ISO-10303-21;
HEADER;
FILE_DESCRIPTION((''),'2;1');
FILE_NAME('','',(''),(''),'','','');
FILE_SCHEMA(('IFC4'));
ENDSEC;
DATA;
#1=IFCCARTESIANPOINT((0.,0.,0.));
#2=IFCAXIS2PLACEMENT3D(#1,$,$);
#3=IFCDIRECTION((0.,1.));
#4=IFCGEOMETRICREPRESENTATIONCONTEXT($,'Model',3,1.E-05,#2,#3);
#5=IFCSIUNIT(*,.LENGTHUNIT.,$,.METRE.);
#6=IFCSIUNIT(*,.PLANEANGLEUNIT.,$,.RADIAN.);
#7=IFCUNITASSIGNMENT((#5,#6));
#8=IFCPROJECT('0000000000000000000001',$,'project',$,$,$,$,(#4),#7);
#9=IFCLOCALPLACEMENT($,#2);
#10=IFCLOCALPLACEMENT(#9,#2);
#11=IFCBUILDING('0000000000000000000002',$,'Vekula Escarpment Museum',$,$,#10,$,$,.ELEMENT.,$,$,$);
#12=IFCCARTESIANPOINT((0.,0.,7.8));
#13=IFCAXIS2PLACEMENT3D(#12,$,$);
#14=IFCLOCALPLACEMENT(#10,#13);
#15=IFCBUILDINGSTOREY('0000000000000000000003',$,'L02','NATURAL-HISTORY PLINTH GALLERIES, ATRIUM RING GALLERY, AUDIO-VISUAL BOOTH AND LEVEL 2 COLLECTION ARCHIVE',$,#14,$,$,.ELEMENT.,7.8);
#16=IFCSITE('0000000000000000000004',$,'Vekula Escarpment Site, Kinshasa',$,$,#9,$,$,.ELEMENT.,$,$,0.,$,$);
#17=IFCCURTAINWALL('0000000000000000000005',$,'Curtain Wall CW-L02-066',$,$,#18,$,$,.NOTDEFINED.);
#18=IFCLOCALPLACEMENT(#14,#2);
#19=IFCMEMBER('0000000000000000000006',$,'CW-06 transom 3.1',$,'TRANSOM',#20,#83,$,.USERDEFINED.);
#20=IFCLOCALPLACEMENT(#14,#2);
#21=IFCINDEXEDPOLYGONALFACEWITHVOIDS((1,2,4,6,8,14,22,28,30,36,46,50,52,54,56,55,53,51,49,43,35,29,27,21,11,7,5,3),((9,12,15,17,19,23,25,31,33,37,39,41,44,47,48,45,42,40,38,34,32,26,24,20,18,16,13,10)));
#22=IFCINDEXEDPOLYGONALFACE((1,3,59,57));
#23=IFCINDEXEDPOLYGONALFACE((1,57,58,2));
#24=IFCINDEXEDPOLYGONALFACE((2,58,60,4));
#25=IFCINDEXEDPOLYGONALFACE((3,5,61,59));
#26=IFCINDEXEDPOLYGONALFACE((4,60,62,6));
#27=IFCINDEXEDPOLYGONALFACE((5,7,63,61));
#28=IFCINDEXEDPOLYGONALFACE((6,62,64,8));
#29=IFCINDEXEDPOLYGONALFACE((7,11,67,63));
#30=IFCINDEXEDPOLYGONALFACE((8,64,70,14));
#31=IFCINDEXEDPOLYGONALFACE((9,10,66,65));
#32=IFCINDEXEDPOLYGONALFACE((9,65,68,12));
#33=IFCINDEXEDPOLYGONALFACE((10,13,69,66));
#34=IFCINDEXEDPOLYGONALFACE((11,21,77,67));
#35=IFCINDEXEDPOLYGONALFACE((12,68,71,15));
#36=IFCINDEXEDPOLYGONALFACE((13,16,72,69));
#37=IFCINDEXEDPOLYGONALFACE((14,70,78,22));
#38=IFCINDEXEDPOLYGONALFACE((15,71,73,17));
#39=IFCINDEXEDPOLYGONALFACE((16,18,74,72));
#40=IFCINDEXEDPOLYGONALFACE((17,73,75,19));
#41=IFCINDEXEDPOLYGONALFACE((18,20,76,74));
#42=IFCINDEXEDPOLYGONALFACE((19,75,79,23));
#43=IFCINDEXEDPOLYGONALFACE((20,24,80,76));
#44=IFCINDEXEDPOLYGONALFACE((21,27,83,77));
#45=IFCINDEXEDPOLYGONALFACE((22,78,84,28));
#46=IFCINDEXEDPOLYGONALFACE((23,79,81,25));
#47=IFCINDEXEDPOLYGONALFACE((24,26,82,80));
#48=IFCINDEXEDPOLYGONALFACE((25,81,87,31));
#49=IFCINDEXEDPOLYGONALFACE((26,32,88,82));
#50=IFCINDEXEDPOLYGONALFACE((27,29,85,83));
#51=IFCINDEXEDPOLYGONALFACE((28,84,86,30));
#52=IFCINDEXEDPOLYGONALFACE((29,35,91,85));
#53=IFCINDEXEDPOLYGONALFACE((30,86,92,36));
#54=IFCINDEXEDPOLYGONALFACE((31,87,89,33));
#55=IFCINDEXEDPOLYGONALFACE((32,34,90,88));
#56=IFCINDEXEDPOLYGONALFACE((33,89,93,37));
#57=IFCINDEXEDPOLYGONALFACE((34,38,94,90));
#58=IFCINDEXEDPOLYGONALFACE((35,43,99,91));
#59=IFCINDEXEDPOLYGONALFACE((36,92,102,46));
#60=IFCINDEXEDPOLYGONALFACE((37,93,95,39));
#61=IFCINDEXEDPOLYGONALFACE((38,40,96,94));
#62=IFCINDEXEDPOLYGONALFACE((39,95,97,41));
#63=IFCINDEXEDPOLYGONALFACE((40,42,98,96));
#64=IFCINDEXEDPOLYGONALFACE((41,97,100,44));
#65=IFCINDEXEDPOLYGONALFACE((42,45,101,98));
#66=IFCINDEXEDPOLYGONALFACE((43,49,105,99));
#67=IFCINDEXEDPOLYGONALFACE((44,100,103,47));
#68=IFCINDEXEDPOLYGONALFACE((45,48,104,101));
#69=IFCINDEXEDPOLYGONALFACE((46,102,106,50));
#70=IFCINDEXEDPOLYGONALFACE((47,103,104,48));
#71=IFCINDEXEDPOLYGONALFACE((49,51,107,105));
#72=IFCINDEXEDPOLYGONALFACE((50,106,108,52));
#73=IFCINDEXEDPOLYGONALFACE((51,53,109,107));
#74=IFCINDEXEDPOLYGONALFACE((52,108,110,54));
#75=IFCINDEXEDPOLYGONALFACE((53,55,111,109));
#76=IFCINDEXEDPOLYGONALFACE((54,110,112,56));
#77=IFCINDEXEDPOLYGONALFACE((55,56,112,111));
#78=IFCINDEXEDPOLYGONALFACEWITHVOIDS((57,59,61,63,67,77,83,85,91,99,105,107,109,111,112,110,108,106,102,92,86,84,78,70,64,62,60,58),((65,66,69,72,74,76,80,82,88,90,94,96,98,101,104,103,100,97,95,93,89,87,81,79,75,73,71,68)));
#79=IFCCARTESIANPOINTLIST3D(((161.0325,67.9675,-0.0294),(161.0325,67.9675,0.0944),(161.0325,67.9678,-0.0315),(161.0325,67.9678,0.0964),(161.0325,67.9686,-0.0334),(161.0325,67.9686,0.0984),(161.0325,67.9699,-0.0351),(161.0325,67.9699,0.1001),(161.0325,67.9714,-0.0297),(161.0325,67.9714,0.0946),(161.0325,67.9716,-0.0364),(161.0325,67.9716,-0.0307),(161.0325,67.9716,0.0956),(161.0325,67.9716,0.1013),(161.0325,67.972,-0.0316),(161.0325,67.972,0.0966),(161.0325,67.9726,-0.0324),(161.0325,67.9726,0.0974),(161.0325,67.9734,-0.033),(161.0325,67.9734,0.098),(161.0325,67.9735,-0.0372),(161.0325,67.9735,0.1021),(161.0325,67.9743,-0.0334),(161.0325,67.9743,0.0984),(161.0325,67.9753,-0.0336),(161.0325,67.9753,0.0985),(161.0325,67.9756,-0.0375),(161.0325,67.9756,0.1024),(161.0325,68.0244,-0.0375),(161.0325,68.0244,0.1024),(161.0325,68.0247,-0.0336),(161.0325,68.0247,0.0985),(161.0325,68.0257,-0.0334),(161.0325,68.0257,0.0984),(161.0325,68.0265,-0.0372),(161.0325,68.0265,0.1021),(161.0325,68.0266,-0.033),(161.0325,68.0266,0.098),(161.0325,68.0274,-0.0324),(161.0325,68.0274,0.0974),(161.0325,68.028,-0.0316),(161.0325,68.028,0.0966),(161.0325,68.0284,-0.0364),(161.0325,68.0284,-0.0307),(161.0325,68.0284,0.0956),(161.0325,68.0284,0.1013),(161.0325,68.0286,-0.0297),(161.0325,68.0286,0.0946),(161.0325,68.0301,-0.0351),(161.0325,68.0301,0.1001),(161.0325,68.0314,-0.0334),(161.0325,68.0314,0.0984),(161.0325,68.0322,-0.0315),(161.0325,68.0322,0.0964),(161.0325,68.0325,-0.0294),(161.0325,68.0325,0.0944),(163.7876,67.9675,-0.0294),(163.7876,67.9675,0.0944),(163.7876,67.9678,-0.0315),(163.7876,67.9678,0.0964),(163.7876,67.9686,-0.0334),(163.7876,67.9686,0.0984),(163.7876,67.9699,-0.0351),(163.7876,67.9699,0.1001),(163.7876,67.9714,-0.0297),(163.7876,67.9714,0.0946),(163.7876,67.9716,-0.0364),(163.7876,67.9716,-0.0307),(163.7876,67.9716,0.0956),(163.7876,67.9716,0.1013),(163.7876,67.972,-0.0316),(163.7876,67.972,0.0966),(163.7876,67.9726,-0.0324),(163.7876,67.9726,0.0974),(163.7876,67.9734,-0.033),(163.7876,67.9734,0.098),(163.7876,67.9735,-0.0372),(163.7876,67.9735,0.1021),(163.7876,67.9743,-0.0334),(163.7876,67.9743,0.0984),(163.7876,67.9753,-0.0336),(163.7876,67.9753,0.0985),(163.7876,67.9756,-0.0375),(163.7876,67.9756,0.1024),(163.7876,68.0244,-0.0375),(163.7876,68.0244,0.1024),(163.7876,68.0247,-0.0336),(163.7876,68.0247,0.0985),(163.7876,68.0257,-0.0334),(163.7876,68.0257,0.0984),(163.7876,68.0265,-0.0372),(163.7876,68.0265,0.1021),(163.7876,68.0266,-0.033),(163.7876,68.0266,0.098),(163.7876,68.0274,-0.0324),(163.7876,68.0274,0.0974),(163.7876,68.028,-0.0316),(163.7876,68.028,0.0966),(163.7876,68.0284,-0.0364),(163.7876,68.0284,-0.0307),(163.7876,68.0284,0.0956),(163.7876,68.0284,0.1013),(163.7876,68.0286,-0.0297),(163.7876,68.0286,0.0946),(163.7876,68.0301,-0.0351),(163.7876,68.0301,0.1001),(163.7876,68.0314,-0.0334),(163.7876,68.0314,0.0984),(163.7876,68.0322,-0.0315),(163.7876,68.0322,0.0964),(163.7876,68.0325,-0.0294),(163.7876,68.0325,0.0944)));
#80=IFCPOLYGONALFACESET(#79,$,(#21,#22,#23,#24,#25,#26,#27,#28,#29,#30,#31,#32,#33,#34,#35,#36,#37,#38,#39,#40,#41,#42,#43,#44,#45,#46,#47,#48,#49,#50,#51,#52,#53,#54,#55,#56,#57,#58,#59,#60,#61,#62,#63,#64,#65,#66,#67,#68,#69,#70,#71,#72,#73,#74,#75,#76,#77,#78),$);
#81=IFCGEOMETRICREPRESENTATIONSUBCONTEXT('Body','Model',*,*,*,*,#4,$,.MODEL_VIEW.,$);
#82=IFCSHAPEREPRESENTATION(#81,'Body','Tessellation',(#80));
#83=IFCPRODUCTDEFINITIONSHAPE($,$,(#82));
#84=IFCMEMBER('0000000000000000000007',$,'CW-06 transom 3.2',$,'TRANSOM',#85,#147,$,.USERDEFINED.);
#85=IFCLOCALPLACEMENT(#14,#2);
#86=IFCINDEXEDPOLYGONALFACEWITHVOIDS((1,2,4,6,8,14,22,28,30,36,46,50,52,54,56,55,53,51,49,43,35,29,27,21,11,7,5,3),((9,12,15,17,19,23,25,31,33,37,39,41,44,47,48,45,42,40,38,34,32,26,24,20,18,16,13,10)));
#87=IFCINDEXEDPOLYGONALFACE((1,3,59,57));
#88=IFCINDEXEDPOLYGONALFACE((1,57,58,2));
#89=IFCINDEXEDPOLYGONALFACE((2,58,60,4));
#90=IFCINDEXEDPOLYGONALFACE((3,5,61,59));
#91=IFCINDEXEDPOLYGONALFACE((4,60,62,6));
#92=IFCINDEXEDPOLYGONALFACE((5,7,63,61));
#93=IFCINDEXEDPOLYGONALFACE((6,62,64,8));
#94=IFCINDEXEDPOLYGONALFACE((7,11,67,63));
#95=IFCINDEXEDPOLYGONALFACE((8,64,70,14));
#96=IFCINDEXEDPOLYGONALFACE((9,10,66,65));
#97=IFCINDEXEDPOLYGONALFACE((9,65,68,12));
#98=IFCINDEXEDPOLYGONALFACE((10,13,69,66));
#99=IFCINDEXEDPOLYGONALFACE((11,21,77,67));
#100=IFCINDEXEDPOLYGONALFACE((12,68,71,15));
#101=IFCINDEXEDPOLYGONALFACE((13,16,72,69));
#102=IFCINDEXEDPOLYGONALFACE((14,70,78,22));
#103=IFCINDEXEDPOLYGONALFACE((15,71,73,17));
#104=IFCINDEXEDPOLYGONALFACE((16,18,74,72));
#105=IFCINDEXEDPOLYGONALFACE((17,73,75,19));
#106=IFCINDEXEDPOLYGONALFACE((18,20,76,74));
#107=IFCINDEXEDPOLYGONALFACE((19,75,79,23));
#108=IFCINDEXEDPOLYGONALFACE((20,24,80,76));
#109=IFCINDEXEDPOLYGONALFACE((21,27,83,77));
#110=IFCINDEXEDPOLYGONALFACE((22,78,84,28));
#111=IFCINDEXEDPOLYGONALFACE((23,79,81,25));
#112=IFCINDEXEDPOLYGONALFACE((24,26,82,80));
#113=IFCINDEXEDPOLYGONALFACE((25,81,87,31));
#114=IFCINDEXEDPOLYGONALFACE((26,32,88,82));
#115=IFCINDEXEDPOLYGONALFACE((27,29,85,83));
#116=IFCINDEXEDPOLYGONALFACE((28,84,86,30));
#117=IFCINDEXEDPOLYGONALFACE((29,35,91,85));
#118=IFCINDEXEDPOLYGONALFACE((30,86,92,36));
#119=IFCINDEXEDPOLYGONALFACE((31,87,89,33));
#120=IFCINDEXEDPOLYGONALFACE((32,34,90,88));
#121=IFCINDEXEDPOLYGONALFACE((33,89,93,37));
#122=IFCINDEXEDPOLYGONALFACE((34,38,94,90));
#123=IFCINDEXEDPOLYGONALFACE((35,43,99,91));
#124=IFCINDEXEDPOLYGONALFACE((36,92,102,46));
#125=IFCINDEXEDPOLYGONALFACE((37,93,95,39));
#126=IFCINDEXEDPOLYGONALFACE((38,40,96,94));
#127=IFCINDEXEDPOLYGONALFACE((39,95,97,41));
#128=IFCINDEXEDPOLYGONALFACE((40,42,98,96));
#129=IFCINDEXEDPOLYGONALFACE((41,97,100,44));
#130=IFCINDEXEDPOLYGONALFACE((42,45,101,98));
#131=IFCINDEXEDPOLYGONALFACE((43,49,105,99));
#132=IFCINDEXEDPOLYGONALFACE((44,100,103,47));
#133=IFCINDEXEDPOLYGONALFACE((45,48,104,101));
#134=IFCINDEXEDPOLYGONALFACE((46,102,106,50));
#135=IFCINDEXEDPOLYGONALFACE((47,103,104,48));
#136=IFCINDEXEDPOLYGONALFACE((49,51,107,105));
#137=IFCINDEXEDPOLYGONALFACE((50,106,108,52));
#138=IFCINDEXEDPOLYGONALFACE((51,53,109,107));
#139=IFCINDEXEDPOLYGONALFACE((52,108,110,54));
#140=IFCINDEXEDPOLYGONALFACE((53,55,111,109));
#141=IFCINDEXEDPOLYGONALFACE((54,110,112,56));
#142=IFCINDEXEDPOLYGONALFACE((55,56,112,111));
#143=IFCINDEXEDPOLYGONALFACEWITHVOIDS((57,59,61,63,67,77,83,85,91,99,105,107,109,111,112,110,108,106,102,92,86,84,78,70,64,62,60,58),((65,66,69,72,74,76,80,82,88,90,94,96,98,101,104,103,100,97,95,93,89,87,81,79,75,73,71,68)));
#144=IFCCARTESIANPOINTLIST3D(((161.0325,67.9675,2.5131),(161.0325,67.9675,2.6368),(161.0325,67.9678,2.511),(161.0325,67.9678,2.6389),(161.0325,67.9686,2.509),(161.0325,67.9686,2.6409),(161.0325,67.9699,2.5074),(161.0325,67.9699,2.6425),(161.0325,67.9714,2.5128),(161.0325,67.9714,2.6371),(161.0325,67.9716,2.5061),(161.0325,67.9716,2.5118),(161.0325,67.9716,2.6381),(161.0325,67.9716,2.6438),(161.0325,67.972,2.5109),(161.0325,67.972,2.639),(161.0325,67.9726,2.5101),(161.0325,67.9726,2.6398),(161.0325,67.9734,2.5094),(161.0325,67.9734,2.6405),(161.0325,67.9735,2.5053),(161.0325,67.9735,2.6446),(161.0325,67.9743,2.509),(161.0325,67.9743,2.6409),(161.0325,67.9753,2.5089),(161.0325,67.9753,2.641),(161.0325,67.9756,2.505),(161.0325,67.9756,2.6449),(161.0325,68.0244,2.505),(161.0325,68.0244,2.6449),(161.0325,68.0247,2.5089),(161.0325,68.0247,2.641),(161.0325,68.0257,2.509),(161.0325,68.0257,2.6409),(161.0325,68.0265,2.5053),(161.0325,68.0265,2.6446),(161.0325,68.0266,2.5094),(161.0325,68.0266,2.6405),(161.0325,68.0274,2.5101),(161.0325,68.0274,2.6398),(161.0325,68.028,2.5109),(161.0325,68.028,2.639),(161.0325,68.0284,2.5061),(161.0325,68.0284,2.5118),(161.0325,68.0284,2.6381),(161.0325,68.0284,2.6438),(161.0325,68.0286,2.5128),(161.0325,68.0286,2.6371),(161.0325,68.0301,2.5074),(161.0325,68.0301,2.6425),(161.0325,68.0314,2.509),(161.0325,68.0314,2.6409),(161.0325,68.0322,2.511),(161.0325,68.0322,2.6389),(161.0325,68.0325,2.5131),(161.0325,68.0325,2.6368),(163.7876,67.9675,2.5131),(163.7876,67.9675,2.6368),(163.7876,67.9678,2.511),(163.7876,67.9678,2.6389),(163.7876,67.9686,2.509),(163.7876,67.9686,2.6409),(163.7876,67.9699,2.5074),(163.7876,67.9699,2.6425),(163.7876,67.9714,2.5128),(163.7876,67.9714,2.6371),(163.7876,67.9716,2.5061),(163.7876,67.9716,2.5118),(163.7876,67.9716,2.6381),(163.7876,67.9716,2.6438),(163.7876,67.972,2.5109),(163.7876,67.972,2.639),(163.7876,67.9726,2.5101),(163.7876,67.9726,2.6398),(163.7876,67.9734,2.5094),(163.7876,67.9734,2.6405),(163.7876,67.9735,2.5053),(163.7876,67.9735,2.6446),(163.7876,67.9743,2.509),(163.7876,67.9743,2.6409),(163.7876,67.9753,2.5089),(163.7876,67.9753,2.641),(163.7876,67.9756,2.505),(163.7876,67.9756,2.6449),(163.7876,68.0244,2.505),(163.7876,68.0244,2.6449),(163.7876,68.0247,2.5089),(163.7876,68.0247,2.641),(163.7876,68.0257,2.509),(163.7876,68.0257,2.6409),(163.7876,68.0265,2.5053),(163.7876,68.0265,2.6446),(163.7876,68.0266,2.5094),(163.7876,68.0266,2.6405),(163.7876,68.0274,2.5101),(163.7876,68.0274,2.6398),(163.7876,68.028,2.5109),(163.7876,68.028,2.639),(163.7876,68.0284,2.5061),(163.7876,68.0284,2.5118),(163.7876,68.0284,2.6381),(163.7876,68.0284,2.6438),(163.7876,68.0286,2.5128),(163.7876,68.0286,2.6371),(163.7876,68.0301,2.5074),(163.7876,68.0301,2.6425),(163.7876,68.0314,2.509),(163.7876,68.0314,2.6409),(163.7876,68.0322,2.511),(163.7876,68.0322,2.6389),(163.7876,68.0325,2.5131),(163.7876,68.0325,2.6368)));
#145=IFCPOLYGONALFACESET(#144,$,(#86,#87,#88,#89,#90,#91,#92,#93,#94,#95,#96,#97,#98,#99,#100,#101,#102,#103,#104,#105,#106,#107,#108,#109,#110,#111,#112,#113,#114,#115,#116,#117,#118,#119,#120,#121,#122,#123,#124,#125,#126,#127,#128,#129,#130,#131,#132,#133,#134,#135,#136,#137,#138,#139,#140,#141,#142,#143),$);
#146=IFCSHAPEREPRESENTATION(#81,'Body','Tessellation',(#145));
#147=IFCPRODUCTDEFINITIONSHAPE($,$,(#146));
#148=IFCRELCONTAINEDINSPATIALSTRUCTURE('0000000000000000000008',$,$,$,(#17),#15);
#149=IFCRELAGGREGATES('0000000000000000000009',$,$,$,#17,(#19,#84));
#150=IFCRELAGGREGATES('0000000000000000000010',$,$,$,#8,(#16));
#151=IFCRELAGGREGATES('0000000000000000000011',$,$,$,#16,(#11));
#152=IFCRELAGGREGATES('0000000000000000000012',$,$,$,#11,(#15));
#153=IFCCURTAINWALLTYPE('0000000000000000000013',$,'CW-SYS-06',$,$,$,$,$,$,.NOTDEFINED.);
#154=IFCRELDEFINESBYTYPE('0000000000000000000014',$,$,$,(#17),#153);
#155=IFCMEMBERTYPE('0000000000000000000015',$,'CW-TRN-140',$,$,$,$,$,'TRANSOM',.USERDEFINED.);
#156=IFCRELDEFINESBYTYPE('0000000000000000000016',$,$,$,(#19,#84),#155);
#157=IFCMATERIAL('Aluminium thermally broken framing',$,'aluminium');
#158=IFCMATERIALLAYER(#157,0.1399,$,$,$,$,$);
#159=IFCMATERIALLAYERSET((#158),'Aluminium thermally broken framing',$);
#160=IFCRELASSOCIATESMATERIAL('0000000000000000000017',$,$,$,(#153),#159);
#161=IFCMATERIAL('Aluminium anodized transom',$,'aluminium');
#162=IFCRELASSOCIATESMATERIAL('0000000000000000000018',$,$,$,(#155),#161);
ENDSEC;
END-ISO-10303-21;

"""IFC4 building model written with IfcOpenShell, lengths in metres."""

from ifc_helpers import new_model, si_unit, direction, frame, origin, origin_2d, place, context, subcontext, project, spatial, hollow_rectangle, extrude, material, layer, layer_set, material_profile, profile_set, type_object, element, aggregate, save


model = new_model("IFC4")

# Units and contexts
model_context = context("Model", 3, precision=1e-05, world=origin(), true_north=direction((0.0, 1.0)))
body_context = subcontext(model_context, "Body", "Model", "MODEL_VIEW")
ifc_project = project(units=[si_unit("LENGTHUNIT", "METRE"), si_unit("PLANEANGLEUNIT", "RADIAN")], contexts=[model_context])

# Site, building, storey
site_placement = place(None, origin())
site = spatial("IfcSite", under=ifc_project, at=site_placement, Name="Vekula Escarpment Site, Kinshasa", CompositionType="ELEMENT", RefElevation=0.0)
building_placement = place(site_placement, origin())
building = spatial("IfcBuilding", under=site, at=building_placement, Name="Vekula Escarpment Museum", CompositionType="ELEMENT")
storey_placement = place(building_placement, frame((0.0, 0.0, 7.8)))
storey = spatial("IfcBuildingStorey", under=building, at=storey_placement, Name="L02", Description="NATURAL-HISTORY PLINTH GALLERIES, ATRIUM RING GALLERY, AUDIO-VISUAL BOOTH AND LEVEL 2 COLLECTION ARCHIVE", CompositionType="ELEMENT", Elevation=7.8)

# Curtain wall
ifc_material_1 = material(Name="Aluminium thermally broken framing", Category="aluminium")
ifc_layer_1 = layer(ifc_material_1, 0.1399)
ifc_layer_set_1 = layer_set([ifc_layer_1], Name="Aluminium thermally broken framing")
curtain_wall_type_1 = type_object("IfcCurtainWallType", Name="CW-SYS-06", PredefinedType="NOTDEFINED", material=ifc_layer_set_1)
curtain_wall_1_placement = place(storey_placement, origin())
curtain_wall_1 = element("IfcCurtainWall", 1, at=curtain_wall_1_placement, inside=storey, type_object=curtain_wall_type_1, Name="Curtain Wall CW-L02-066", PredefinedType="NOTDEFINED")

# Members
ifc_material_2 = material(Name="Aluminium anodized transom", Category="aluminium")
ifc_material_profile_1 = material_profile(ifc_material_2, hollow_rectangle(XDim=0.0649, YDim=0.1399, WallThickness=0.0039, InnerFilletRadius=0.0039, OuterFilletRadius=0.0081, at=origin_2d()), Name="ALU 140x65x4")
ifc_profile_set_1 = profile_set([ifc_material_profile_1], Name="Aluminium anodized transom")
member_type_1 = type_object("IfcMemberType", Name="CW-TRN-140", ElementType="TRANSOM", PredefinedType="USERDEFINED", material=ifc_profile_set_1)
member_1_placement = place(storey_placement, frame((161.0325, 68.0, 0.0325), z_axis=(1.0, 0.0, 0.0), x_axis=(0.0, 1.0, 0.0)))
member_1 = element("IfcMember", 2, at=member_1_placement, type_object=member_type_1, Name="CW-06 transom 3.1", ObjectType="TRANSOM", PredefinedType="USERDEFINED", context=body_context, shape_type="SweptSolid", body=[
    extrude(hollow_rectangle(XDim=0.0649, YDim=0.1399, WallThickness=0.0039, InnerFilletRadius=0.0039, OuterFilletRadius=0.0081, at=origin_2d()), origin(), (0.0, 0.0, 1.0), 2.7551),
])
member_2_placement = place(storey_placement, frame((161.0325, 68.0, 2.575), z_axis=(1.0, 0.0, 0.0), x_axis=(0.0, 1.0, 0.0)))
member_2 = element("IfcMember", 3, at=member_2_placement, type_object=member_type_1, Name="CW-06 transom 3.2", ObjectType="TRANSOM", PredefinedType="USERDEFINED", context=body_context, shape_type="SweptSolid", body=[
    extrude(hollow_rectangle(XDim=0.0649, YDim=0.1399, WallThickness=0.0039, InnerFilletRadius=0.0039, OuterFilletRadius=0.0081, at=origin_2d()), origin(), (0.0, 0.0, 1.0), 2.7551),
])

aggregate(curtain_wall_1, [member_1, member_2])

save(model, "model.ifc")
